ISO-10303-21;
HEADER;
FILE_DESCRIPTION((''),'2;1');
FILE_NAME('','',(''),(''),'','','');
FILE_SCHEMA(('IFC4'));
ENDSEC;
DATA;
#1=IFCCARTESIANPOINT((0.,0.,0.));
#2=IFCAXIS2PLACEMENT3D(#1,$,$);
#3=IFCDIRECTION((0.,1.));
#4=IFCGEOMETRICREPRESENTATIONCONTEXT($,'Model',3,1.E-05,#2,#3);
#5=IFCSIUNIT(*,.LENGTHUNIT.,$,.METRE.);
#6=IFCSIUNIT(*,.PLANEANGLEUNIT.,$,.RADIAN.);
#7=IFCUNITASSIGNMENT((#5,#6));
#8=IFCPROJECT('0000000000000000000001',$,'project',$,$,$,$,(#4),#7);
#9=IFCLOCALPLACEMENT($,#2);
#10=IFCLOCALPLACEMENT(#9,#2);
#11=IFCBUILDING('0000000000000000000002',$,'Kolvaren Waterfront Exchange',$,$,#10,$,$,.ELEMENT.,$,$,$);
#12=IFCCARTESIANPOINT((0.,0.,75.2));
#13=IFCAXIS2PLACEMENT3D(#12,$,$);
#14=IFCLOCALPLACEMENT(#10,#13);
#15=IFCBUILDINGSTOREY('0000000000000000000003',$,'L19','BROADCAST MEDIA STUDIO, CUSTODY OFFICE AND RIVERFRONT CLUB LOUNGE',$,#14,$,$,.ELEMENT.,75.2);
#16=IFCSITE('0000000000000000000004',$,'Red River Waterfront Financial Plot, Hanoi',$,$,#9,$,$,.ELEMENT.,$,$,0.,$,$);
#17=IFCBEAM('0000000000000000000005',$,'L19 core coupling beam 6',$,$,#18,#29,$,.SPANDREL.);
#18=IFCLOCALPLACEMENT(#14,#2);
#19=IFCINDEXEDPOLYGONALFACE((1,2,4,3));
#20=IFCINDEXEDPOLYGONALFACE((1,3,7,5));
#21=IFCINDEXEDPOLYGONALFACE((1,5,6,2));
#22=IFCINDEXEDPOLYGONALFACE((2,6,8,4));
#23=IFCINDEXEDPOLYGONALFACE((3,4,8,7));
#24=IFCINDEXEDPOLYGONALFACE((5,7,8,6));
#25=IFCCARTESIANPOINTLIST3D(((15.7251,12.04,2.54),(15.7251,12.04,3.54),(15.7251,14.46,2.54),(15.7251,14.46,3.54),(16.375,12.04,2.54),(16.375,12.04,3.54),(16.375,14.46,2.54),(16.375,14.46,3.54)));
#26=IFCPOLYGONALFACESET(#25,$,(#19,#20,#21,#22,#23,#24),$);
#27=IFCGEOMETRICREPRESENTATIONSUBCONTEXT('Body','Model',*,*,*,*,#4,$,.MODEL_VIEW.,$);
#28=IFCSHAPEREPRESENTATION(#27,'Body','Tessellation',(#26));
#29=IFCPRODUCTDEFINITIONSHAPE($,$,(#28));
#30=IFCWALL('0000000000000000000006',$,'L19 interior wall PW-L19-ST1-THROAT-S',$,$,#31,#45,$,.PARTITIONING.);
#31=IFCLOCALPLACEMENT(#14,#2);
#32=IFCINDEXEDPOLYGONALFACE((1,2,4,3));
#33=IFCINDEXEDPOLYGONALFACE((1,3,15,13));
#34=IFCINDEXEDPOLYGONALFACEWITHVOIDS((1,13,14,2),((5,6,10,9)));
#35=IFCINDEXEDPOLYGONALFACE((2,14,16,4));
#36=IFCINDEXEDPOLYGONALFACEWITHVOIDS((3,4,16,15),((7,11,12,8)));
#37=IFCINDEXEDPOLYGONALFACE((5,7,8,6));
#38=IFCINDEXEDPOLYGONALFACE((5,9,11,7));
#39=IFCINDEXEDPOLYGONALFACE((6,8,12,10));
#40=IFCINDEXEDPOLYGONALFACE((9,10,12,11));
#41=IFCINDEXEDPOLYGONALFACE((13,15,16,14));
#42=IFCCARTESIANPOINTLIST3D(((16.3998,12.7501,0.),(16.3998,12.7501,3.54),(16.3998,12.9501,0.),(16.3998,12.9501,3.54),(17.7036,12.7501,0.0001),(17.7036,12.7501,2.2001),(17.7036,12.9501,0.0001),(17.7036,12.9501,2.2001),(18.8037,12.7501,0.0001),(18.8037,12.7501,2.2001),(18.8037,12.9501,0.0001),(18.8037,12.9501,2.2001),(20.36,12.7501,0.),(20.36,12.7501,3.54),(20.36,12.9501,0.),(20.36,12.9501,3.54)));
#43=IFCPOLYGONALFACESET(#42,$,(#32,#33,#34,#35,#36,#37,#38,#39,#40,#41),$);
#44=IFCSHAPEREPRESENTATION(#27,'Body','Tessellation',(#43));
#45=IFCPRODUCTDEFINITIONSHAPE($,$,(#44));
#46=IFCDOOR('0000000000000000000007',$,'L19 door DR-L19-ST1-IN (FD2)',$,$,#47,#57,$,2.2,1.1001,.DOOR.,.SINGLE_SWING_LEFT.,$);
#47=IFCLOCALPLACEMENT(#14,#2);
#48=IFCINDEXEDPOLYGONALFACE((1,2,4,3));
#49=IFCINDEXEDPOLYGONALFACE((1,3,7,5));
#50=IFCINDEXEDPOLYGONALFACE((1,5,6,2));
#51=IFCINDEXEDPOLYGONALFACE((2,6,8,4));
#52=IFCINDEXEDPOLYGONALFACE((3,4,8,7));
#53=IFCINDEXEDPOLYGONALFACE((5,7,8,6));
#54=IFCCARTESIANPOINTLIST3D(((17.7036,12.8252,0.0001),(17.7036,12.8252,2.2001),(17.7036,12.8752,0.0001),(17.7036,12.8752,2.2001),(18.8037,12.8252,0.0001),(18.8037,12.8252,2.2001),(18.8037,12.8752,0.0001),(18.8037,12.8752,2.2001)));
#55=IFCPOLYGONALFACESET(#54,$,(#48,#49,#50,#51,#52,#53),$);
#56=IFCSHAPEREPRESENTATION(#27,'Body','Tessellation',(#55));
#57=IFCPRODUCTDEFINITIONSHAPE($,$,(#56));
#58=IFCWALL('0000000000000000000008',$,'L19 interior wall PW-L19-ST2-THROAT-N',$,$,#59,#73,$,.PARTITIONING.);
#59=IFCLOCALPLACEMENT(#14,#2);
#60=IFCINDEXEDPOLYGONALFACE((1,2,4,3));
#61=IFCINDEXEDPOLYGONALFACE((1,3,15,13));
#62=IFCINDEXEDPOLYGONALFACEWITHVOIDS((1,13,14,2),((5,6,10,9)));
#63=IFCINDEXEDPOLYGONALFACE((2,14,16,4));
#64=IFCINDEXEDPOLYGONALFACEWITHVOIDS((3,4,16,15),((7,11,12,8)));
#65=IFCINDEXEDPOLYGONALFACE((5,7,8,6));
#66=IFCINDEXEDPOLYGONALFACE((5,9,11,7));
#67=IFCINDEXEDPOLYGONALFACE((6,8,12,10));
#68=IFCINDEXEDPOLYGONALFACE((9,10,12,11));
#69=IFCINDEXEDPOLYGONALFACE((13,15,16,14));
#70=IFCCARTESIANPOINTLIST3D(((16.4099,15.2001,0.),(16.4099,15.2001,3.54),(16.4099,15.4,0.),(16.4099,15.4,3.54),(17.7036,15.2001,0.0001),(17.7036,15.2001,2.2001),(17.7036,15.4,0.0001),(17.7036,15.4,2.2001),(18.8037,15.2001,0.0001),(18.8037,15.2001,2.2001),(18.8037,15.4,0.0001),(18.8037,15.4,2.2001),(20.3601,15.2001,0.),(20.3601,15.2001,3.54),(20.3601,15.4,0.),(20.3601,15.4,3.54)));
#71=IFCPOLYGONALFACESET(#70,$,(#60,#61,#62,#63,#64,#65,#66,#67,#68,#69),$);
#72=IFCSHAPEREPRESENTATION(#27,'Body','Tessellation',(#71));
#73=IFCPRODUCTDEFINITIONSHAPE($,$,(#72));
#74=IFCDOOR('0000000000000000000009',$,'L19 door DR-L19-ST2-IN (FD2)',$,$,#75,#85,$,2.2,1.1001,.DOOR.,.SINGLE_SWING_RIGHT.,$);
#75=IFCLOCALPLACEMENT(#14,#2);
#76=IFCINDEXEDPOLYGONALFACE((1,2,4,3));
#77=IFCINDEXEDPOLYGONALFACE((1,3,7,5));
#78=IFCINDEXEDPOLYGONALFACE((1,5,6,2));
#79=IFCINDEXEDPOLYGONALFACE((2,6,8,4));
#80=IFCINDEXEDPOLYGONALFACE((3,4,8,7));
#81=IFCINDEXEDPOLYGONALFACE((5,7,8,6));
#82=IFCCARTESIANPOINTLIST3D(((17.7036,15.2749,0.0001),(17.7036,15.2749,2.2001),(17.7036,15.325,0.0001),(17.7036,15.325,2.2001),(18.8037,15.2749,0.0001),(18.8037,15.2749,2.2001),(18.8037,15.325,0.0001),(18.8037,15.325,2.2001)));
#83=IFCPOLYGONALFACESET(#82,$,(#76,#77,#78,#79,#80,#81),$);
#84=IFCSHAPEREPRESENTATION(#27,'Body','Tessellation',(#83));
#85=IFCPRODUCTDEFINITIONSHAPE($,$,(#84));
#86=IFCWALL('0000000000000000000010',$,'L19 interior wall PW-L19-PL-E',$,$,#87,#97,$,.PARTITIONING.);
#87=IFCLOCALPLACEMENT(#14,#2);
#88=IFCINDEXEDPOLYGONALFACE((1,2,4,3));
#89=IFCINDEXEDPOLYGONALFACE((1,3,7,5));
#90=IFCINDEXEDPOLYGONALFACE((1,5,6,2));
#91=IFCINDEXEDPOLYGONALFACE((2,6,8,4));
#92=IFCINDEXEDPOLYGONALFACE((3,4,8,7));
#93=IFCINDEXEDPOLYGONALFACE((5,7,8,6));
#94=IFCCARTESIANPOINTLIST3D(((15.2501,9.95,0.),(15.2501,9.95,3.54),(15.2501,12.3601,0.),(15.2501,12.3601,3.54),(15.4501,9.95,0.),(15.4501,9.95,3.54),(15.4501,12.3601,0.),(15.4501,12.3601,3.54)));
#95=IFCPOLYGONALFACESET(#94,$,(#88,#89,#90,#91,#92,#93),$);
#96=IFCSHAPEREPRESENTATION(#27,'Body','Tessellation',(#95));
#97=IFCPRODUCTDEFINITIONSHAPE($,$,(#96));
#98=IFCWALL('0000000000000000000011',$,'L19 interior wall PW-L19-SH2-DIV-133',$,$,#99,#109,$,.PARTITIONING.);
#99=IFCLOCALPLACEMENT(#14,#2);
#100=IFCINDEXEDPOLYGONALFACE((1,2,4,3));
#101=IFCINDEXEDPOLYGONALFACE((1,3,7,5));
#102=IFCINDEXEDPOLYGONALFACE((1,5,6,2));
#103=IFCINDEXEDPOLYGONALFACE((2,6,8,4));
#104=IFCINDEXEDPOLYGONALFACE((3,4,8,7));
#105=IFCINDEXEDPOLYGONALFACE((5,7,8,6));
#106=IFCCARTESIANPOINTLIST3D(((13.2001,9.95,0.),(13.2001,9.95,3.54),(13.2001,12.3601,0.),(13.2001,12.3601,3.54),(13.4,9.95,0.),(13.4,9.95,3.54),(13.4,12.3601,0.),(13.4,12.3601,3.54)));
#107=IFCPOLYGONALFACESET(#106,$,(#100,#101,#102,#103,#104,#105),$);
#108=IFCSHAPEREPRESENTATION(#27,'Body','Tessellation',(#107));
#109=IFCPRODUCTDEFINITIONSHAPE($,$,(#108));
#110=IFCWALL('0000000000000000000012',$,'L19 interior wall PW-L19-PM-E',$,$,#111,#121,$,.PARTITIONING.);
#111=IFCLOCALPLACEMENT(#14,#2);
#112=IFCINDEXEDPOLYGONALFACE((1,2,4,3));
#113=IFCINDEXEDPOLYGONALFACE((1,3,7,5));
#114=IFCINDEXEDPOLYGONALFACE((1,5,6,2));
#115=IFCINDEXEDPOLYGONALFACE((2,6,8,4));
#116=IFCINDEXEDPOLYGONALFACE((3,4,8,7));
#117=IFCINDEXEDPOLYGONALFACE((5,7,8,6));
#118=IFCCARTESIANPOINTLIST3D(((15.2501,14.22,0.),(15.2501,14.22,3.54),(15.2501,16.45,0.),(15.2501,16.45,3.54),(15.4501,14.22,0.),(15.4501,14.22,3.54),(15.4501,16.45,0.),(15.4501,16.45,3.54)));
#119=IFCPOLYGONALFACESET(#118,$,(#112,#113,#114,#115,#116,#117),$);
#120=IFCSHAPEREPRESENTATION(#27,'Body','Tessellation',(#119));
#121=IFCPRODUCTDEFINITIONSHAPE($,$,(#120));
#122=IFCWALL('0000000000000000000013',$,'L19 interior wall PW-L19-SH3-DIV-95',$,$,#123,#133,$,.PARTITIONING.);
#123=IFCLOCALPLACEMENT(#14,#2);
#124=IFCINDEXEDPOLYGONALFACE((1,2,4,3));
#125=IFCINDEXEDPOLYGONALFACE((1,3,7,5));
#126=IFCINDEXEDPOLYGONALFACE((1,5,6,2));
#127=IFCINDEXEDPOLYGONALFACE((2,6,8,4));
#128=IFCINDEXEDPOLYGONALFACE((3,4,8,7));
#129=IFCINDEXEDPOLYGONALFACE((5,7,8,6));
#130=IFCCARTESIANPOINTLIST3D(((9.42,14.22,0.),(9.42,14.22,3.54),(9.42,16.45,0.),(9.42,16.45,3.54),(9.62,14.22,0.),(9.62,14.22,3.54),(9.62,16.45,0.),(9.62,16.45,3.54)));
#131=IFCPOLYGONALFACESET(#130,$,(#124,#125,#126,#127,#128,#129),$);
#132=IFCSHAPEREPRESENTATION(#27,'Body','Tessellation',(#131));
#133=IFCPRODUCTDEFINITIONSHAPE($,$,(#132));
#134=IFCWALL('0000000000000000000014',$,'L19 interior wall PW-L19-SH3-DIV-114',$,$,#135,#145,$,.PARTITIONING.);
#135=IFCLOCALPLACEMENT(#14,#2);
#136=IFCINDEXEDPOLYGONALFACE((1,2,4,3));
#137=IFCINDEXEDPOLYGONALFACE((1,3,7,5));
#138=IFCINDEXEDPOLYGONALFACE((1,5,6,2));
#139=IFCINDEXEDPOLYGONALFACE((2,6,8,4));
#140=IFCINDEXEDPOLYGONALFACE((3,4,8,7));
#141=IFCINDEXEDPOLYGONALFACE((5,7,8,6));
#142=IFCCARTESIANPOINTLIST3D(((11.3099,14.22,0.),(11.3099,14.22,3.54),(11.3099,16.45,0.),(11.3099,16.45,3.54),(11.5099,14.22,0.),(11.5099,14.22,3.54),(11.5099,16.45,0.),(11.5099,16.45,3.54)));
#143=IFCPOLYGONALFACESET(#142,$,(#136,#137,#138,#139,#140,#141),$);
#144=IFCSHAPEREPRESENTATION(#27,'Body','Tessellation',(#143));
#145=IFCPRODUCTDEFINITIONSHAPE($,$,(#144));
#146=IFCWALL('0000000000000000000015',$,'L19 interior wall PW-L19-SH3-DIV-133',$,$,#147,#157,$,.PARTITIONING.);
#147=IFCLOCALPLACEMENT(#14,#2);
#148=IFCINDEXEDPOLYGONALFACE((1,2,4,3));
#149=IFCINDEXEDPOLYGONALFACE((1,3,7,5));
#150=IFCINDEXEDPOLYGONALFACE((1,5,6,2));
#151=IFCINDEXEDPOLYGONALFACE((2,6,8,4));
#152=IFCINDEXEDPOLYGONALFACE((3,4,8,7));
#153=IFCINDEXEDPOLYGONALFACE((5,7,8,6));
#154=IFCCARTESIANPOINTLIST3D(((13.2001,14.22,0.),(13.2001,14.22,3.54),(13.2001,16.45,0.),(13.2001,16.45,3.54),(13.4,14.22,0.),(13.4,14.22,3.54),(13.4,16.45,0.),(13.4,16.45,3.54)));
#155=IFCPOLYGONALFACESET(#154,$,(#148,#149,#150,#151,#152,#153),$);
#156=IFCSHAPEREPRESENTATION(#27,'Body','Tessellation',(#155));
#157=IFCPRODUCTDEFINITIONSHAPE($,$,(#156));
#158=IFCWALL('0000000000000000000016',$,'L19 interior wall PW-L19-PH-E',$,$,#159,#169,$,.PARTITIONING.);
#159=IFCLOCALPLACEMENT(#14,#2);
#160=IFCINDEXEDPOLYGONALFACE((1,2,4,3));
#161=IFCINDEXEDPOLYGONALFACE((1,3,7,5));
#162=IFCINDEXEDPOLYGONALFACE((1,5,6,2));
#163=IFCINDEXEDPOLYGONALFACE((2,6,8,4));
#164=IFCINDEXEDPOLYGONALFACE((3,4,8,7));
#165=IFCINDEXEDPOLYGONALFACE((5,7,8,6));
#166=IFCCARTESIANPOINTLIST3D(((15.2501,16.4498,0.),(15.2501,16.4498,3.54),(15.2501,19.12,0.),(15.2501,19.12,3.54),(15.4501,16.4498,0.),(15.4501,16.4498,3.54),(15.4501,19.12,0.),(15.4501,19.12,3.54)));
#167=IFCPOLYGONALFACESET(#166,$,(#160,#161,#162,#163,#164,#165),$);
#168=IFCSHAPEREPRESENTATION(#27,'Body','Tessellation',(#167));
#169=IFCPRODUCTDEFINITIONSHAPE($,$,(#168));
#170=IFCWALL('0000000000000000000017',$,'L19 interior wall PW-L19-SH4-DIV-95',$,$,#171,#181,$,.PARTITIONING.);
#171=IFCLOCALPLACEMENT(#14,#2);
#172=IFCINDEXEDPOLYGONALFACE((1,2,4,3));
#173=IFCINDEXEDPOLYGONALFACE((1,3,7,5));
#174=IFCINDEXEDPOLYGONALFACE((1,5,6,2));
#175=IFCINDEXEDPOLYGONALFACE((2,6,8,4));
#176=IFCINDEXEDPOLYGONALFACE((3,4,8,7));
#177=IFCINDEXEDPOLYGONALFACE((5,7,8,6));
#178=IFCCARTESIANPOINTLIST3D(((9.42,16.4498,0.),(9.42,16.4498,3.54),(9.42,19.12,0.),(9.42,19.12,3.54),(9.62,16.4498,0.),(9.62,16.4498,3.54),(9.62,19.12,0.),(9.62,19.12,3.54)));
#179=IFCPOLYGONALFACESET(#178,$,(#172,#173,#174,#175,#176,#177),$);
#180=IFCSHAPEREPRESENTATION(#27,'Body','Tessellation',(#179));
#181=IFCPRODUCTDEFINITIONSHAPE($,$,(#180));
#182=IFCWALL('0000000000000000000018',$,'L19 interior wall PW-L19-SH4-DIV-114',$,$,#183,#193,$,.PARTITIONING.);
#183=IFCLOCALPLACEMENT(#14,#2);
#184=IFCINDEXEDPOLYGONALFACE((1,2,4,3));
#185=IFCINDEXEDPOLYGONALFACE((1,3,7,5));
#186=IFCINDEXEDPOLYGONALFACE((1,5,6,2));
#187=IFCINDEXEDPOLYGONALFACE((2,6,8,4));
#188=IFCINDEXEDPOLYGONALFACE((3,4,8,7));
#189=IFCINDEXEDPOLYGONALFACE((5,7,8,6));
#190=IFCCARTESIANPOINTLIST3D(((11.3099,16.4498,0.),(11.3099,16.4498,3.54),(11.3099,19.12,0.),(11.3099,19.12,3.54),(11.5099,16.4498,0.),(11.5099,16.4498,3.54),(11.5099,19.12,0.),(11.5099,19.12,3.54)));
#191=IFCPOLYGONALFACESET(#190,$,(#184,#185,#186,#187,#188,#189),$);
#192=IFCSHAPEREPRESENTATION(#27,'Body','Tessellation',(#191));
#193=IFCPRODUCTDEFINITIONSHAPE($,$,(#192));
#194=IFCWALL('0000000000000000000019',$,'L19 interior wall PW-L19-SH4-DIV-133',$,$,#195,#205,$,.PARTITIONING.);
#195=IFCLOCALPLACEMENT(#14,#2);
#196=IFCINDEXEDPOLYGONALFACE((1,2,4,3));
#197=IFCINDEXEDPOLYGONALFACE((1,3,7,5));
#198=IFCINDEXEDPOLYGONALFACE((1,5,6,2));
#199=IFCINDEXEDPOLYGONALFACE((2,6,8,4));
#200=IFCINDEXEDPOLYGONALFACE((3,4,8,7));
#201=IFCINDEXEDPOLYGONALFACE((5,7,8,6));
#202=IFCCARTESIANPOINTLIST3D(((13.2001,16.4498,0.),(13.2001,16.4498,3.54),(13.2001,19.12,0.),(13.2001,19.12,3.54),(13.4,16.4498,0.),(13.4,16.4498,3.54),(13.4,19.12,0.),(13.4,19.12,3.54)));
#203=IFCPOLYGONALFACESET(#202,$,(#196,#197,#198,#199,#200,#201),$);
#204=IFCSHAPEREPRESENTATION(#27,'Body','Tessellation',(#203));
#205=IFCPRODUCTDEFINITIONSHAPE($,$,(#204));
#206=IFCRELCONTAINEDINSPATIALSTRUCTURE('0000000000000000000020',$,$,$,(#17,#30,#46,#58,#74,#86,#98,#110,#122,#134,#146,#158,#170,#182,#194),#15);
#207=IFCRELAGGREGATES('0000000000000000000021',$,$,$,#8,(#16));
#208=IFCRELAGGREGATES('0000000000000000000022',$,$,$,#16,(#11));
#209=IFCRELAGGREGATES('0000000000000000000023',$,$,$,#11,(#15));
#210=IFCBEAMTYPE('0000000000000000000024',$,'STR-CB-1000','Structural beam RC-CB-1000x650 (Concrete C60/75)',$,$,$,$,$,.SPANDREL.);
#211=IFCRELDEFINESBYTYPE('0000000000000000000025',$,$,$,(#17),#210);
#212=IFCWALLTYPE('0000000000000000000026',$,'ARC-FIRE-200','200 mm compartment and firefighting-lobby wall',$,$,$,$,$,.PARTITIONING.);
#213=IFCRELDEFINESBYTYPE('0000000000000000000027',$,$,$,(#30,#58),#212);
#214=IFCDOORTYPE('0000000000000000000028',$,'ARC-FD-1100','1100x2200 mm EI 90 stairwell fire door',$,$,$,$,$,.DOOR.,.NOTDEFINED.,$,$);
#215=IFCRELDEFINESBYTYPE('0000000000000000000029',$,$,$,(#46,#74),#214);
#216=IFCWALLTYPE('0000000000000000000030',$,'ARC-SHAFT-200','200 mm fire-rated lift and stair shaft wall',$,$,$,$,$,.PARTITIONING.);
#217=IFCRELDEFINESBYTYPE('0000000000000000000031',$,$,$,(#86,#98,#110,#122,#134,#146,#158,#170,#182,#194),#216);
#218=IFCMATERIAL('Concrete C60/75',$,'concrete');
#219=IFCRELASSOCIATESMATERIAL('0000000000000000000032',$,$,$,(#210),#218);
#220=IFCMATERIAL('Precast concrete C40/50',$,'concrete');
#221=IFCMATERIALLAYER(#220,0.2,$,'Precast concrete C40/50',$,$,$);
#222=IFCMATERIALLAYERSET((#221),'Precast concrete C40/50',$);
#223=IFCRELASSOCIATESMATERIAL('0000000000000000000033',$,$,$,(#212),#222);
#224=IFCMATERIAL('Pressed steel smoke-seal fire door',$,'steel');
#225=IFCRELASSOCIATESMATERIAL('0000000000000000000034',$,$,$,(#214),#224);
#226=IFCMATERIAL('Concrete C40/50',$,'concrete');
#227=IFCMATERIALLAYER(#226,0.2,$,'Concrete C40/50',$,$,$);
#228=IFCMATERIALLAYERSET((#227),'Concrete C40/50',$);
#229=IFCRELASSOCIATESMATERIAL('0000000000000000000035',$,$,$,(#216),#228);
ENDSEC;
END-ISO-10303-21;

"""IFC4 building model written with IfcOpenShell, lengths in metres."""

from ifc_helpers import new_model, si_unit, direction, frame, frame_2d, origin, origin_2d, place, context, subcontext, project, spatial, rectangle, extrude, material, layer, layer_set, material_profile, profile_set, type_object, element, fill, save


model = new_model("IFC4")

# Units and contexts
model_context = context("Model", 3, precision=1e-05, world=origin(), true_north=direction((0.0, 1.0)))
body_context = subcontext(model_context, "Body", "Model", "MODEL_VIEW")
ifc_project = project(units=[si_unit("LENGTHUNIT", "METRE"), si_unit("PLANEANGLEUNIT", "RADIAN")], contexts=[model_context])

# Site, building, storey
site_placement = place(None, origin())
site = spatial("IfcSite", under=ifc_project, at=site_placement, Name="Red River Waterfront Financial Plot, Hanoi", CompositionType="ELEMENT", RefElevation=0.0)
building_placement = place(site_placement, origin())
building = spatial("IfcBuilding", under=site, at=building_placement, Name="Kolvaren Waterfront Exchange", CompositionType="ELEMENT")
storey_placement = place(building_placement, frame((0.0, 0.0, 75.2)))
storey = spatial("IfcBuildingStorey", under=building, at=storey_placement, Name="L19", Description="BROADCAST MEDIA STUDIO, CUSTODY OFFICE AND RIVERFRONT CLUB LOUNGE", CompositionType="ELEMENT", Elevation=75.2)

# Beam
ifc_material_1 = material(Name="Concrete C60/75", Category="concrete")
ifc_material_profile = material_profile(ifc_material_1, rectangle(XDim=0.6499, YDim=1.0, at=origin_2d()), Name="RC-CB-1000x650")
ifc_profile_set = profile_set([ifc_material_profile], Name="Concrete C60/75")
beam_type = type_object("IfcBeamType", Name="STR-CB-1000", Description="Structural beam RC-CB-1000x650 (Concrete C60/75)", PredefinedType="SPANDREL", material=ifc_profile_set)
beam_placement = place(storey_placement, frame((16.05, 12.04, 3.04), z_axis=(0.0, 1.0, 0.0), x_axis=(-1.0, 0.0, 0.0)))
element("IfcBeam", 1, at=beam_placement, inside=storey, type_object=beam_type, Name="L19 core coupling beam 6", PredefinedType="SPANDREL", context=body_context, shape_type="SweptSolid", body=[
    extrude(rectangle(XDim=0.6499, YDim=1.0, at=origin_2d()), origin(), (0.0, 0.0, 1.0), 2.4199),
])

# Walls, openings, doors
ifc_material_2 = material(Name="Precast concrete C40/50", Category="concrete")
ifc_layer_1 = layer(ifc_material_2, 0.2, Name="Precast concrete C40/50")
ifc_layer_set_1 = layer_set([ifc_layer_1], Name="Precast concrete C40/50")
wall_type_1 = type_object("IfcWallType", Name="ARC-FIRE-200", Description="200 mm compartment and firefighting-lobby wall", PredefinedType="PARTITIONING", material=ifc_layer_set_1)
wall_1_placement = place(storey_placement, frame((16.3999, 12.8501, 0.0), z_axis=(0.0, 0.0, 1.0), x_axis=(1.0, 0.0, 0.0)))
wall_1 = element("IfcWall", 2, at=wall_1_placement, inside=storey, type_object=wall_type_1, Name="L19 interior wall PW-L19-ST1-THROAT-S", PredefinedType="PARTITIONING", context=body_context, shape_type="SweptSolid", body=[
    extrude(rectangle(XDim=3.9602, YDim=0.2, at=frame_2d((1.98, 0.0))), origin(), (0.0, 0.0, 1.0), 3.54),
])
opening_1_placement = place(wall_1_placement, frame((1.3037, 0.0, 0.0)))
opening_1 = element("IfcOpeningElement", 3, at=opening_1_placement, cuts=wall_1, PredefinedType="OPENING", context=body_context, shape_type="SweptSolid", body=[
    extrude(rectangle(XDim=1.1001, YDim=2.2, at=frame_2d((0.55, 1.1001))), frame((0.0, 0.1099, 0.0), z_axis=(0.0, -1.0, 0.0), x_axis=(1.0, 0.0, 0.0)), (0.0, 0.0, 1.0), 0.22),
])
ifc_material_3 = material(Name="Pressed steel smoke-seal fire door", Category="steel")
door_type = type_object("IfcDoorType", Name="ARC-FD-1100", Description="1100x2200 mm EI 90 stairwell fire door", OperationType="NOTDEFINED", PredefinedType="DOOR", material=ifc_material_3)
door_1_placement = place(opening_1_placement, frame((1.1001, 0.0, 0.0), z_axis=(0.0, 0.0, 1.0), x_axis=(-1.0, 0.0, 0.0)))
door_1 = element("IfcDoor", 4, at=door_1_placement, inside=storey, type_object=door_type, Name="L19 door DR-L19-ST1-IN (FD2)", OperationType="SINGLE_SWING_LEFT", OverallHeight=2.2, OverallWidth=1.1001, PredefinedType="DOOR", context=body_context, shape_type="SweptSolid", body=[
    extrude(rectangle(XDim=1.1001, YDim=2.2, at=frame_2d((0.55, 1.1001))), frame((0.0, 0.0249, 0.0), z_axis=(0.0, -1.0, 0.0), x_axis=(1.0, 0.0, 0.0)), (0.0, 0.0, 1.0), 0.05),
])
fill(opening_1, door_1)
wall_2_placement = place(storey_placement, frame((16.4099, 15.3, 0.0), z_axis=(0.0, 0.0, 1.0), x_axis=(1.0, 0.0, 0.0)))
wall_2 = element("IfcWall", 5, at=wall_2_placement, inside=storey, type_object=wall_type_1, Name="L19 interior wall PW-L19-ST2-THROAT-N", PredefinedType="PARTITIONING", context=body_context, shape_type="SweptSolid", body=[
    extrude(rectangle(XDim=3.9502, YDim=0.2, at=frame_2d((1.9751, 0.0))), origin(), (0.0, 0.0, 1.0), 3.54),
])
opening_2_placement = place(wall_2_placement, frame((1.2937, 0.0, 0.0)))
opening_2 = element("IfcOpeningElement", 6, at=opening_2_placement, cuts=wall_2, PredefinedType="OPENING", context=body_context, shape_type="SweptSolid", body=[
    extrude(rectangle(XDim=1.1001, YDim=2.2, at=frame_2d((0.55, 1.1001))), frame((0.0, 0.1099, 0.0), z_axis=(0.0, -1.0, 0.0), x_axis=(1.0, 0.0, 0.0)), (0.0, 0.0, 1.0), 0.22),
])
door_2_placement = place(opening_2_placement, origin())
door_2 = element("IfcDoor", 7, at=door_2_placement, inside=storey, type_object=door_type, Name="L19 door DR-L19-ST2-IN (FD2)", OperationType="SINGLE_SWING_RIGHT", OverallHeight=2.2, OverallWidth=1.1001, PredefinedType="DOOR", context=body_context, shape_type="SweptSolid", body=[
    extrude(rectangle(XDim=1.1001, YDim=2.2, at=frame_2d((0.55, 1.1001))), frame((0.0, 0.0249, 0.0), z_axis=(0.0, -1.0, 0.0), x_axis=(1.0, 0.0, 0.0)), (0.0, 0.0, 1.0), 0.05),
])
fill(opening_2, door_2)

# Walls
ifc_material_4 = material(Name="Concrete C40/50", Category="concrete")
ifc_layer_2 = layer(ifc_material_4, 0.2, Name="Concrete C40/50")
ifc_layer_set_2 = layer_set([ifc_layer_2], Name="Concrete C40/50")
wall_type_2 = type_object("IfcWallType", Name="ARC-SHAFT-200", Description="200 mm fire-rated lift and stair shaft wall", PredefinedType="PARTITIONING", material=ifc_layer_set_2)
for number, where, z_axis, x_axis, name in (
    (8, (15.3501, 9.95, 0.0), (0.0, 0.0, 1.0), (0.0, 1.0, 0.0), "L19 interior wall PW-L19-PL-E"),
    (9, (13.3, 9.95, 0.0), (0.0, 0.0, 1.0), (0.0, 1.0, 0.0), "L19 interior wall PW-L19-SH2-DIV-133"),
):
    element("IfcWall", number, at=place(storey_placement, frame(where, z_axis=z_axis, x_axis=x_axis)), inside=storey, type_object=wall_type_2, Name=name, PredefinedType="PARTITIONING", context=body_context, shape_type="SweptSolid", body=[
        extrude(rectangle(XDim=2.4102, YDim=0.2, at=frame_2d((1.2051, 0.0))), origin(), (0.0, 0.0, 1.0), 3.54),
    ])
for number, where, z_axis, x_axis, name in (
    (10, (15.3501, 14.22, 0.0), (0.0, 0.0, 1.0), (0.0, 1.0, 0.0), "L19 interior wall PW-L19-PM-E"),
    (11, (9.52, 14.22, 0.0), (0.0, 0.0, 1.0), (0.0, 1.0, 0.0), "L19 interior wall PW-L19-SH3-DIV-95"),
    (12, (11.4099, 14.22, 0.0), (0.0, 0.0, 1.0), (0.0, 1.0, 0.0), "L19 interior wall PW-L19-SH3-DIV-114"),
    (13, (13.3, 14.22, 0.0), (0.0, 0.0, 1.0), (0.0, 1.0, 0.0), "L19 interior wall PW-L19-SH3-DIV-133"),
):
    element("IfcWall", number, at=place(storey_placement, frame(where, z_axis=z_axis, x_axis=x_axis)), inside=storey, type_object=wall_type_2, Name=name, PredefinedType="PARTITIONING", context=body_context, shape_type="SweptSolid", body=[
        extrude(rectangle(XDim=2.23, YDim=0.2, at=frame_2d((1.115, 0.0))), origin(), (0.0, 0.0, 1.0), 3.54),
    ])
for number, where, z_axis, x_axis, name in (
    (14, (15.3501, 16.45, 0.0), (0.0, 0.0, 1.0), (0.0, 1.0, 0.0), "L19 interior wall PW-L19-PH-E"),
    (15, (9.52, 16.45, 0.0), (0.0, 0.0, 1.0), (0.0, 1.0, 0.0), "L19 interior wall PW-L19-SH4-DIV-95"),
    (16, (11.4099, 16.45, 0.0), (0.0, 0.0, 1.0), (0.0, 1.0, 0.0), "L19 interior wall PW-L19-SH4-DIV-114"),
    (17, (13.3, 16.45, 0.0), (0.0, 0.0, 1.0), (0.0, 1.0, 0.0), "L19 interior wall PW-L19-SH4-DIV-133"),
):
    element("IfcWall", number, at=place(storey_placement, frame(where, z_axis=z_axis, x_axis=x_axis)), inside=storey, type_object=wall_type_2, Name=name, PredefinedType="PARTITIONING", context=body_context, shape_type="SweptSolid", body=[
        extrude(rectangle(XDim=2.6702, YDim=0.2, at=frame_2d((1.335, 0.0))), origin(), (0.0, 0.0, 1.0), 3.54),
    ])

save(model, "model.ifc")
